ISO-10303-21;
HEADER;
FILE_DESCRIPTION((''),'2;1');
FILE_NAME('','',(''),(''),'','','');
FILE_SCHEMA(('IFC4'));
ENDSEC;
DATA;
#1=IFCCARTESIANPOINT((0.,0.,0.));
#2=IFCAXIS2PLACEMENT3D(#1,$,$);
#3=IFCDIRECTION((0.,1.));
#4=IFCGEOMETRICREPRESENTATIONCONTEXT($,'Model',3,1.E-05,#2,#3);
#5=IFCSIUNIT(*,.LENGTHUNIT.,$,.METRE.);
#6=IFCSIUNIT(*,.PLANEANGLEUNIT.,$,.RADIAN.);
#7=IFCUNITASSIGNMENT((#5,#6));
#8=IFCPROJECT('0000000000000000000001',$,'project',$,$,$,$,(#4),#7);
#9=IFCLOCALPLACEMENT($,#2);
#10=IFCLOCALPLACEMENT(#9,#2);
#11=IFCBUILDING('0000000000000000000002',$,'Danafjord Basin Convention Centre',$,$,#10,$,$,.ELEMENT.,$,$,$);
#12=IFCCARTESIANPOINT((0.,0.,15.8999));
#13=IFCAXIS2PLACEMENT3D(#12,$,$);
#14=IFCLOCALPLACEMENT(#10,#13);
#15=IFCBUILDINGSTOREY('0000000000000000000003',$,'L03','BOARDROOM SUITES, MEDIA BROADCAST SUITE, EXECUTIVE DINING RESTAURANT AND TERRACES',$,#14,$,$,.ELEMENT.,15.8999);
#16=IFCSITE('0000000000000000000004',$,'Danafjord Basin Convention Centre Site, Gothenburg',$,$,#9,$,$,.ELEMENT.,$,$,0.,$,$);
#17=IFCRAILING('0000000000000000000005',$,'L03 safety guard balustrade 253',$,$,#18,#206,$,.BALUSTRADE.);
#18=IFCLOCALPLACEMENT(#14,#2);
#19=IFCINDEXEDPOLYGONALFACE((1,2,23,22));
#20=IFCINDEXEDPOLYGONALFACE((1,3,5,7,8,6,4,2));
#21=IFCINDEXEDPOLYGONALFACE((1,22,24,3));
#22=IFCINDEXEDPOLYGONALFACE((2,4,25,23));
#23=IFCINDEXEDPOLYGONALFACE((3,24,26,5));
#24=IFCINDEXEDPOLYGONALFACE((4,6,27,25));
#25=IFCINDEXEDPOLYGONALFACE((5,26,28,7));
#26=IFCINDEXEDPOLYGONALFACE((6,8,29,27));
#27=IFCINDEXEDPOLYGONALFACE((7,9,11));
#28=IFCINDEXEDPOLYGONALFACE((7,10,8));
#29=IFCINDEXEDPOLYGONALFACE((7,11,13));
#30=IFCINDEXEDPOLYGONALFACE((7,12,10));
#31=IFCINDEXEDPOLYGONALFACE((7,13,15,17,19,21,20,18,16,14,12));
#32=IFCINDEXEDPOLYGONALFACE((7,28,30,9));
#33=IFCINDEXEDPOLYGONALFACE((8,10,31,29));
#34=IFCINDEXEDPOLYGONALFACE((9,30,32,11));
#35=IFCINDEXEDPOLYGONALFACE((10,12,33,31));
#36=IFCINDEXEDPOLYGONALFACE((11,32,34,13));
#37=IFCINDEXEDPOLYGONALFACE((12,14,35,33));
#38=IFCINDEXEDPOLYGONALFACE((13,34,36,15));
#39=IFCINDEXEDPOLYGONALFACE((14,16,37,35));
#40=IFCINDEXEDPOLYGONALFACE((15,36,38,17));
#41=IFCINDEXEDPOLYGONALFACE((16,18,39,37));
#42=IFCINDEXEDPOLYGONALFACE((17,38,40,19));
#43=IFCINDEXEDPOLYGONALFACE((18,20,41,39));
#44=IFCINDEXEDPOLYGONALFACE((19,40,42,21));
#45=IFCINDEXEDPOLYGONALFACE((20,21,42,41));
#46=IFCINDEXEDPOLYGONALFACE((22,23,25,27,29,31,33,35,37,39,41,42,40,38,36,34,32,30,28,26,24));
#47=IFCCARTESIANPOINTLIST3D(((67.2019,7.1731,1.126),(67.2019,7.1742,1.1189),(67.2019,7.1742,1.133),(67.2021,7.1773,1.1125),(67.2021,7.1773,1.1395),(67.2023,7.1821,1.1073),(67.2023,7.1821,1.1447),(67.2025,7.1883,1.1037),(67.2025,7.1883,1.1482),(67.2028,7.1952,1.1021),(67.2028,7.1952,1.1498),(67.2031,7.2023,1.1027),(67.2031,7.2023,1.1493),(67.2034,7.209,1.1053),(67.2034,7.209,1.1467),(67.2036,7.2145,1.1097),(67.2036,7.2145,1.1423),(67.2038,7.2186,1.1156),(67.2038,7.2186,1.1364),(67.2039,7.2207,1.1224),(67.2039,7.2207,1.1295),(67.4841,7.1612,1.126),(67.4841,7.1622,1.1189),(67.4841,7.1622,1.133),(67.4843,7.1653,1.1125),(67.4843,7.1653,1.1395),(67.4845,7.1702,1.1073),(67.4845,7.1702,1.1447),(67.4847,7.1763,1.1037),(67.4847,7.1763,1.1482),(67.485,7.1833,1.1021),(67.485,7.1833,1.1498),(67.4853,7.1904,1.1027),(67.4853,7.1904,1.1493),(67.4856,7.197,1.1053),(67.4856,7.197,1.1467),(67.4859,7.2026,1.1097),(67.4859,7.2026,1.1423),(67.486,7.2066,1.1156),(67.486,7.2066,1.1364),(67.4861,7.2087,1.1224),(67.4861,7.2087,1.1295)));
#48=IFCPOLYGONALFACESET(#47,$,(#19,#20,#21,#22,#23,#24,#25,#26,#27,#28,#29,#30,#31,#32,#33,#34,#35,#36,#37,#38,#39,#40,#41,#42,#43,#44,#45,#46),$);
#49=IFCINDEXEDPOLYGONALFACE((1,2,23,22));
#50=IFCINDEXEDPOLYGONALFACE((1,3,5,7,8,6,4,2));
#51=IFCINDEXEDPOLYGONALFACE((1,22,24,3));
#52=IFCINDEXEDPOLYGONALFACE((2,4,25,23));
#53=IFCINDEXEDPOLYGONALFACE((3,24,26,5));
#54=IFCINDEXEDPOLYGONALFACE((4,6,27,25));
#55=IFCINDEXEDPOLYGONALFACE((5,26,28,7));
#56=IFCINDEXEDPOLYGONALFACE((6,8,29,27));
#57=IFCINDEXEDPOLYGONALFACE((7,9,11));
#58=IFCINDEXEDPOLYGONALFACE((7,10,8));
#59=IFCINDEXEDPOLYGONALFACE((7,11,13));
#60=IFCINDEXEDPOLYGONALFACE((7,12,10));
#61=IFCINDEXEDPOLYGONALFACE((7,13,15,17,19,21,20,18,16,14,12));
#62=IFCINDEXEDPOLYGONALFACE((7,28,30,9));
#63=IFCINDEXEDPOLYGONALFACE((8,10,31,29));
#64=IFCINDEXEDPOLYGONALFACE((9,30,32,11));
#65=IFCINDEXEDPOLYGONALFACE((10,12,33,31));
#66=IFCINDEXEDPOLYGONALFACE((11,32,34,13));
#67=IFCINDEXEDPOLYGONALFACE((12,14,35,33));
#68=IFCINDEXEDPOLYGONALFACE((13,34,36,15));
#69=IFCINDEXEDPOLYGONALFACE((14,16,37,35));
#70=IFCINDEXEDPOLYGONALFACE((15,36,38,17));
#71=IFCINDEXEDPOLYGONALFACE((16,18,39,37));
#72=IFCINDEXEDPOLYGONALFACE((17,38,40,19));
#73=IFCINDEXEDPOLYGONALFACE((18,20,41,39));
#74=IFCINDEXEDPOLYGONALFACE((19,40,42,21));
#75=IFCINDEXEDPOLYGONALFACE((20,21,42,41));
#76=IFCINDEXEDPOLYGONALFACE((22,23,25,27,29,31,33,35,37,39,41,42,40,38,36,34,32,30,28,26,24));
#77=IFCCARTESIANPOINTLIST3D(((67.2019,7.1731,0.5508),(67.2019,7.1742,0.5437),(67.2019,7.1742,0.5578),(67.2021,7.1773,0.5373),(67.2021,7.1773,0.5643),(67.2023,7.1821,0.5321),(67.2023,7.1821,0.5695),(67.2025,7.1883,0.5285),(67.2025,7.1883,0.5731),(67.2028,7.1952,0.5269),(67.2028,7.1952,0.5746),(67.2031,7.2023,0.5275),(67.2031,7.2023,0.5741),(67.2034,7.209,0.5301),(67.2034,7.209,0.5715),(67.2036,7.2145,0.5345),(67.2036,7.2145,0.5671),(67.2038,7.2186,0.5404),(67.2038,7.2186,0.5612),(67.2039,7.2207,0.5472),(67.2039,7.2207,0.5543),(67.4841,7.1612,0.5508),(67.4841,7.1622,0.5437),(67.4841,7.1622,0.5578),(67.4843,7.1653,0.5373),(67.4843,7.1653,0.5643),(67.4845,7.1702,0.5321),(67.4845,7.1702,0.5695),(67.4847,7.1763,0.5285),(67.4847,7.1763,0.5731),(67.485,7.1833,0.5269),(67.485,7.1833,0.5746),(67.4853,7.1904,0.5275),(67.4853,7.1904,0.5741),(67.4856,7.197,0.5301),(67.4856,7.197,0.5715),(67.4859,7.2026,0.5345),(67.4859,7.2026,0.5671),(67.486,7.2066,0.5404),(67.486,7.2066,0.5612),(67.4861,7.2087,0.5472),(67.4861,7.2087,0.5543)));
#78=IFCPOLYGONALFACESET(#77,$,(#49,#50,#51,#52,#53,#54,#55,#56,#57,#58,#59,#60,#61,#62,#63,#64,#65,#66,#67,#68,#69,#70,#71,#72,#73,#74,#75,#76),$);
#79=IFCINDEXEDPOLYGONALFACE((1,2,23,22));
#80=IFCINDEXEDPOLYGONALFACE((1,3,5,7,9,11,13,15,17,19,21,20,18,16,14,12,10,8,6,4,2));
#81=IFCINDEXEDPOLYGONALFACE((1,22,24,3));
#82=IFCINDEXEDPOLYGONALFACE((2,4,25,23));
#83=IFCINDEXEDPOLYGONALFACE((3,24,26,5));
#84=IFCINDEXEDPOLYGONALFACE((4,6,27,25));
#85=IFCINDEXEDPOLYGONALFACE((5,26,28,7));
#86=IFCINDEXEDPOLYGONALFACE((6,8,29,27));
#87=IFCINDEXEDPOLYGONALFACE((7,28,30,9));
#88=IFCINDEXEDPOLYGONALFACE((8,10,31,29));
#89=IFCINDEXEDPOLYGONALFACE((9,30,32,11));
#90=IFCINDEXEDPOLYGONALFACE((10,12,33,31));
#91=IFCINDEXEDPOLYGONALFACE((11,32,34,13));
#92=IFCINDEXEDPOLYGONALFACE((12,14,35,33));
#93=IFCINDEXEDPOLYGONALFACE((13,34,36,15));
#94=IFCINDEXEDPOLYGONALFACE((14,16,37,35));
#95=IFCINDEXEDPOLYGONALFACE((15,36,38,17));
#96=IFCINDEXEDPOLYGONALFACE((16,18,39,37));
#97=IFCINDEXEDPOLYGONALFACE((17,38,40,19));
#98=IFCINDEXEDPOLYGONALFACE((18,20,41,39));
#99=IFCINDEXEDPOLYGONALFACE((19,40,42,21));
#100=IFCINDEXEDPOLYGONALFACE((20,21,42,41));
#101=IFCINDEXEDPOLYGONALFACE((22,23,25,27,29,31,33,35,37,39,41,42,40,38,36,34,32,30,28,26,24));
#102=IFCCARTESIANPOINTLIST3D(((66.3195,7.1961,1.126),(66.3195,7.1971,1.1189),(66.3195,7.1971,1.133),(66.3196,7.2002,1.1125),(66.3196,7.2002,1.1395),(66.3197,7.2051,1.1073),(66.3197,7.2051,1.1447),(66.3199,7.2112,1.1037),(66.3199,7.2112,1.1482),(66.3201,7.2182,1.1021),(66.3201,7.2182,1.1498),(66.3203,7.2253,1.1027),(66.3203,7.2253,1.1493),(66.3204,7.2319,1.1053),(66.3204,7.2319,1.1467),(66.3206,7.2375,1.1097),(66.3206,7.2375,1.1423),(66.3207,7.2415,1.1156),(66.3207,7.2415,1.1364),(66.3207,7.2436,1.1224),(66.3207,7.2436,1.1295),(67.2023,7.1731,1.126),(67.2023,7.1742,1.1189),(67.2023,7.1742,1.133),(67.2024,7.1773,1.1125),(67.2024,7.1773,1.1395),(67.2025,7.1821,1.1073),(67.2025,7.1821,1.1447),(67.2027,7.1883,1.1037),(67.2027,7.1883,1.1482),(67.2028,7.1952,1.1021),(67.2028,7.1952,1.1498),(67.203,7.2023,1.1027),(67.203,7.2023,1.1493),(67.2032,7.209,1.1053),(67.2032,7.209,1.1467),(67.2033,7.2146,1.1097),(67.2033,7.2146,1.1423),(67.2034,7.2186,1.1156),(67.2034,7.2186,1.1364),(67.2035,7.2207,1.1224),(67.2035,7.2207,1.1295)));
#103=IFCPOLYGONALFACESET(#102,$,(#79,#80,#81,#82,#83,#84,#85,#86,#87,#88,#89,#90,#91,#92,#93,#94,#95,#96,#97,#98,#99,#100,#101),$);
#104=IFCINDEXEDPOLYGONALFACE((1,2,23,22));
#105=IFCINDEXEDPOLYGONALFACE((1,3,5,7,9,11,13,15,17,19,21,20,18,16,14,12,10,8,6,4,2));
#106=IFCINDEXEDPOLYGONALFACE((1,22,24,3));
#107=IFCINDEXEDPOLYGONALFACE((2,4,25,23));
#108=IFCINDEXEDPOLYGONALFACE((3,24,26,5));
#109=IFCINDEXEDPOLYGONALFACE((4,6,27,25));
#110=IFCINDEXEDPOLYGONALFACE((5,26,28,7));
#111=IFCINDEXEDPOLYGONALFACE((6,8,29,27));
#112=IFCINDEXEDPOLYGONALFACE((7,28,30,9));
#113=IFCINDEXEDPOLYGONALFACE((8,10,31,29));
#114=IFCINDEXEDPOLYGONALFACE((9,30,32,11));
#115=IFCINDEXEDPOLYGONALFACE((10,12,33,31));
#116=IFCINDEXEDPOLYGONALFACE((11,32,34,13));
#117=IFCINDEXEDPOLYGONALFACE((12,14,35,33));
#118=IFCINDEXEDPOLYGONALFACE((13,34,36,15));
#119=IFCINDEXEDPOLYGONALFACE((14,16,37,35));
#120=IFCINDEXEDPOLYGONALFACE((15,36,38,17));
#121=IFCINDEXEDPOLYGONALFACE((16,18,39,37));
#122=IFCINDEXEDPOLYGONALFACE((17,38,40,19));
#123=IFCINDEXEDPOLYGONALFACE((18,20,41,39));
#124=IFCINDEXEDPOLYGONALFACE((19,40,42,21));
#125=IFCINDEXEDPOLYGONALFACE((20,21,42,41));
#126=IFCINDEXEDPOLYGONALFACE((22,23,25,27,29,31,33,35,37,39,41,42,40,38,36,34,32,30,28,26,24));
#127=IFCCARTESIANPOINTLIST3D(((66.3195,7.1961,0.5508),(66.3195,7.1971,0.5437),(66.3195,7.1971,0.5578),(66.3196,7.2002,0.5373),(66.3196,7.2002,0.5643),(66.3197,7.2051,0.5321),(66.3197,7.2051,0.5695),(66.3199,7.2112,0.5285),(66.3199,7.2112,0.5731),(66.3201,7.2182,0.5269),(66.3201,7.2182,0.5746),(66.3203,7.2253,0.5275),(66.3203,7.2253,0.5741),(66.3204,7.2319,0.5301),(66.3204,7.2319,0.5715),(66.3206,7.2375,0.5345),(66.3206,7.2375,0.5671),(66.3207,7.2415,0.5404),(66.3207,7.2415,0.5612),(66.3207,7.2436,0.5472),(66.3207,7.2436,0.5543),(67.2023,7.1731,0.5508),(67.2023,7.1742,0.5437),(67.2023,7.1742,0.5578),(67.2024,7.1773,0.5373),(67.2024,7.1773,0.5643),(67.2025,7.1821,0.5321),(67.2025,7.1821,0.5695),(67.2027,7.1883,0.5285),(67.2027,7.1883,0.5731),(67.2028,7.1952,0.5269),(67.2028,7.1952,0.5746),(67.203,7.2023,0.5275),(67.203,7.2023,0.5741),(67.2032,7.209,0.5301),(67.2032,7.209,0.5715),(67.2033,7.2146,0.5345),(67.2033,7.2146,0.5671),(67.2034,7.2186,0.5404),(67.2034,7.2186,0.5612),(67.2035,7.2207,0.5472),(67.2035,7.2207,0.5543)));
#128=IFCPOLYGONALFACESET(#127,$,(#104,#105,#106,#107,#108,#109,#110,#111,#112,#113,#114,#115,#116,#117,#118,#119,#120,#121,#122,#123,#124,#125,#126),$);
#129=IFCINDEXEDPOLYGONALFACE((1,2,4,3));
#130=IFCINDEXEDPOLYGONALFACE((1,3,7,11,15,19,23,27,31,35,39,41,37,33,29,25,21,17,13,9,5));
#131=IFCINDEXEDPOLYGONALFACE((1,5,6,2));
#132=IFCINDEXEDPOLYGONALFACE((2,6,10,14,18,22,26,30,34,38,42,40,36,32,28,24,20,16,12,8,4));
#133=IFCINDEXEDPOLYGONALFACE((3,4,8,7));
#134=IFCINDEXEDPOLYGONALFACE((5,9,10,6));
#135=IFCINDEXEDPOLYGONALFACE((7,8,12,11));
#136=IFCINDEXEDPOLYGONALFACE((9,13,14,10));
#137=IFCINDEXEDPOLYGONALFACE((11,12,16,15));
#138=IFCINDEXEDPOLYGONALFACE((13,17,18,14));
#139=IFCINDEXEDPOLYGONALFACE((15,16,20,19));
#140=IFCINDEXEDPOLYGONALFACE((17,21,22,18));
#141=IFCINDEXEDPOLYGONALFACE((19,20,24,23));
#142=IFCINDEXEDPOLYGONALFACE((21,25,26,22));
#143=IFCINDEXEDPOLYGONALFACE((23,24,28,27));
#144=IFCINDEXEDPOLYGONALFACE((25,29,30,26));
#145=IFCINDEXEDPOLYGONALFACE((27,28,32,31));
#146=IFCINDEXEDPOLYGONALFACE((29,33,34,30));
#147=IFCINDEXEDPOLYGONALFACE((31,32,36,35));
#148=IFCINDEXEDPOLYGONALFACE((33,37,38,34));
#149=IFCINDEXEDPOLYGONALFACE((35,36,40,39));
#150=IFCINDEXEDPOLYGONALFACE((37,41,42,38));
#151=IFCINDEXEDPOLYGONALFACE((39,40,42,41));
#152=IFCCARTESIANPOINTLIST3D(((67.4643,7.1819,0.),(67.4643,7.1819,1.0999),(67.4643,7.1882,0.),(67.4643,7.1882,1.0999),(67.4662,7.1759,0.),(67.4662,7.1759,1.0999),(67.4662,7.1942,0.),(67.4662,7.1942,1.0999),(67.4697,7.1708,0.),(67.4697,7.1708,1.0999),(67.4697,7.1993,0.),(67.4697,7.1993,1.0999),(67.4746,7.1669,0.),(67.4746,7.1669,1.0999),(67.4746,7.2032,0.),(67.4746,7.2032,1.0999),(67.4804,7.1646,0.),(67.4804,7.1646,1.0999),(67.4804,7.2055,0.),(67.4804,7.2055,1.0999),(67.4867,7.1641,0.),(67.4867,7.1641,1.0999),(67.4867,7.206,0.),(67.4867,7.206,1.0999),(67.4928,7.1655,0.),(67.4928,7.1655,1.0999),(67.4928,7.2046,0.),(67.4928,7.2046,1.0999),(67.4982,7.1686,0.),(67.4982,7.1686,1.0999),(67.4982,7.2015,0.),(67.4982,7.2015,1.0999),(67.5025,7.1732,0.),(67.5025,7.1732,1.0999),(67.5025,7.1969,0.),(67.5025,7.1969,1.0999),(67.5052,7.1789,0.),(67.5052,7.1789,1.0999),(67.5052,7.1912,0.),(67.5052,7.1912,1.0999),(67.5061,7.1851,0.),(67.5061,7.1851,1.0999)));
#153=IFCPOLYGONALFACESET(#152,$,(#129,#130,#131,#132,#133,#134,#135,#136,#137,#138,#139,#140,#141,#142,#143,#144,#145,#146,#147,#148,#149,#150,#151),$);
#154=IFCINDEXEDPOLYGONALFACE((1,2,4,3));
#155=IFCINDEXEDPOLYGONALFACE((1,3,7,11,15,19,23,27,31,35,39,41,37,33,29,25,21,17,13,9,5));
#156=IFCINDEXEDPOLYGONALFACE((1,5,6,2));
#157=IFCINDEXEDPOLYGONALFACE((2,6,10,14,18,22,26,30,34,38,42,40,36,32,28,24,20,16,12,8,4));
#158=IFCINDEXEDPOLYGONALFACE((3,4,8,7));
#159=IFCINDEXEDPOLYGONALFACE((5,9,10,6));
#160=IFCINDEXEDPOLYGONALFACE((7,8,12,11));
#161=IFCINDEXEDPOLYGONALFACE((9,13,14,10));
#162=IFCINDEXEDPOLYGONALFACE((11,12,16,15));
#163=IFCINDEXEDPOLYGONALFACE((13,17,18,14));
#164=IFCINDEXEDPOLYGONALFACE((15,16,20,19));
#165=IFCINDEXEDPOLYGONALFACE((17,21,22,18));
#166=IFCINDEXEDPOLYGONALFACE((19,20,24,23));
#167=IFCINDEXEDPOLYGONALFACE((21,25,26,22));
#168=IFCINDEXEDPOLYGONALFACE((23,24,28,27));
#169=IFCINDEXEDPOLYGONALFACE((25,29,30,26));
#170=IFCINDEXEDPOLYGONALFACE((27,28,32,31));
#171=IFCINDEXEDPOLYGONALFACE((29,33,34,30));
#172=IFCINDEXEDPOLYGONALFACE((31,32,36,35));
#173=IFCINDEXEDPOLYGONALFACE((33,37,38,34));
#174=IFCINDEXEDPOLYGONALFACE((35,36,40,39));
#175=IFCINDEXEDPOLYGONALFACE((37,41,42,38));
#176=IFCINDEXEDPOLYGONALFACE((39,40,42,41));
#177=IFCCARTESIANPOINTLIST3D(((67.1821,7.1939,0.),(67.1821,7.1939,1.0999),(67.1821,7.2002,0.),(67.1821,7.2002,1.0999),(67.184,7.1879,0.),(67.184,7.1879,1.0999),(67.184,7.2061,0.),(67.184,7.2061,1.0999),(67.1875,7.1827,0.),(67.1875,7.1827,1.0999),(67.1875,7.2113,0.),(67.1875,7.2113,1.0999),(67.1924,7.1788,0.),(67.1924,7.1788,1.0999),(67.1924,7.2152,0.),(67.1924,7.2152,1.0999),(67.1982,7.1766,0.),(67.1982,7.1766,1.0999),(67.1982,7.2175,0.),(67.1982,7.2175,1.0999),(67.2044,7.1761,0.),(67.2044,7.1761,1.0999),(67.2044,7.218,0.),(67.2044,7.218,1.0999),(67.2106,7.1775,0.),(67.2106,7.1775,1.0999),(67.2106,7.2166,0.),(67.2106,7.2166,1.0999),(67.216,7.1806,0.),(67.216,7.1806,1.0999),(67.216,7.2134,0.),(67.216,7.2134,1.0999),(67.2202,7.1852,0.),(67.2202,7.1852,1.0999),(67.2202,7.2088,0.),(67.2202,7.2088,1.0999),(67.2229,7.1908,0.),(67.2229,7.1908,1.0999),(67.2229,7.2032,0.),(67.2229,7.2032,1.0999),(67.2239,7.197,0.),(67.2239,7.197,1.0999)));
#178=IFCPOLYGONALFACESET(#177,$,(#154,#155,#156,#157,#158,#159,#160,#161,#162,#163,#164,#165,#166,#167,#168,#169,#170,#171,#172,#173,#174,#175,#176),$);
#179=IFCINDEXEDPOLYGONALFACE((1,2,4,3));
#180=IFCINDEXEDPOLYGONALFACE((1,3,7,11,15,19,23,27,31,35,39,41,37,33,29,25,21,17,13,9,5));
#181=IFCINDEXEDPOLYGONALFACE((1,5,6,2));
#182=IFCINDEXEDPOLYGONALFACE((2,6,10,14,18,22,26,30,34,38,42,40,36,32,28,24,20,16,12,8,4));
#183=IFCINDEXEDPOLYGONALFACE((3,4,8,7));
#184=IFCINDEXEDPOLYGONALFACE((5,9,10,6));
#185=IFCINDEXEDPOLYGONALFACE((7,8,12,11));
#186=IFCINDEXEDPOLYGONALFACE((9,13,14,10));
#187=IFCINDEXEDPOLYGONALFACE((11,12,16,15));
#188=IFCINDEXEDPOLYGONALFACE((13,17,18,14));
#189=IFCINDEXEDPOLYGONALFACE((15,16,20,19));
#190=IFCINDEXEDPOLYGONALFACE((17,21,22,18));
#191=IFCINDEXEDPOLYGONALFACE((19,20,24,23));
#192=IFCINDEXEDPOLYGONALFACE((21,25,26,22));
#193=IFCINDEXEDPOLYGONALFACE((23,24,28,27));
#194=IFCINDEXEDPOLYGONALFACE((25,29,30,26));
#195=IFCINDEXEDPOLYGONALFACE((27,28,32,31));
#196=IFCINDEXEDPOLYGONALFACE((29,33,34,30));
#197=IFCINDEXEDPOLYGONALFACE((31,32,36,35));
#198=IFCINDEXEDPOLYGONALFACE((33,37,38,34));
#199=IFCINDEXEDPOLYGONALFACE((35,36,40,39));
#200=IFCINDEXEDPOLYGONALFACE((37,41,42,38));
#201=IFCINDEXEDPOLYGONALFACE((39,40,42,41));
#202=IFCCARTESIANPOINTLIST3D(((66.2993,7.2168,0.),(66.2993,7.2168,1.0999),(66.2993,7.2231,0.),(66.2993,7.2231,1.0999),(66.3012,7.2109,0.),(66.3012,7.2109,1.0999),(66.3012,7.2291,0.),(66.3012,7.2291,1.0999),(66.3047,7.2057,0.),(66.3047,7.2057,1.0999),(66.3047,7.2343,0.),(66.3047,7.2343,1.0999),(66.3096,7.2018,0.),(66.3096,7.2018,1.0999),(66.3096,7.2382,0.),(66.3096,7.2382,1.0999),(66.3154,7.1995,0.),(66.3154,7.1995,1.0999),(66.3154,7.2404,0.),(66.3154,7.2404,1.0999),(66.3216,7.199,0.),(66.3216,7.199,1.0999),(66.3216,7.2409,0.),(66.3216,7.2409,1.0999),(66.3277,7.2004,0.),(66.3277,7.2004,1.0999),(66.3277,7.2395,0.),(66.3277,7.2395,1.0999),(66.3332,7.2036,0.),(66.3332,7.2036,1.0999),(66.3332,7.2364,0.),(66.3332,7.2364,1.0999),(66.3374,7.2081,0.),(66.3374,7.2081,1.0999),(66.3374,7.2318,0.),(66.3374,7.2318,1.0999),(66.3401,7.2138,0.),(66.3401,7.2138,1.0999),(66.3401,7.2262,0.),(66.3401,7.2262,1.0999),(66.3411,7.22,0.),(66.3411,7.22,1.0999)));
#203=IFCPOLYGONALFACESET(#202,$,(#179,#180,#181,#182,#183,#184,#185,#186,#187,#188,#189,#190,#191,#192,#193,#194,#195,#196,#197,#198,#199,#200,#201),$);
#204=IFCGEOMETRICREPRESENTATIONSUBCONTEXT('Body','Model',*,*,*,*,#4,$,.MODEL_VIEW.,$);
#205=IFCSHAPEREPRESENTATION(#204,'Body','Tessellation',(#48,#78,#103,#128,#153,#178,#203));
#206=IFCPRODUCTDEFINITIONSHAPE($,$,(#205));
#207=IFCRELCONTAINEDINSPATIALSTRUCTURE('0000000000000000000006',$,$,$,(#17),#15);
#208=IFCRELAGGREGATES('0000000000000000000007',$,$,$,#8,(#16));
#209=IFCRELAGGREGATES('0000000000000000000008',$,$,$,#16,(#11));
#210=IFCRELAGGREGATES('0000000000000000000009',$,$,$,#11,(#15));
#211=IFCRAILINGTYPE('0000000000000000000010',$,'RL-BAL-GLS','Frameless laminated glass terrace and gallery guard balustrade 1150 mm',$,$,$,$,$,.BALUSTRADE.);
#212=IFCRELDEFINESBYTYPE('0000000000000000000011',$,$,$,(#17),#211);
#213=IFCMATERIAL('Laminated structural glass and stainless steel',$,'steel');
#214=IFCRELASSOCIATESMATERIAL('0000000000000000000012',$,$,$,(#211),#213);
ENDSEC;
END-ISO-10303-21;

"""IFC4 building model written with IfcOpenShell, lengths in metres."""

from ifc_helpers import new_model, si_unit, direction, frame, origin, origin_2d, place, context, subcontext, project, spatial, circle, extrude, material, type_object, element, save


model = new_model("IFC4")

# Units and contexts
model_context = context("Model", 3, precision=1e-05, world=origin(), true_north=direction((0.0, 1.0)))
body_context = subcontext(model_context, "Body", "Model", "MODEL_VIEW")
ifc_project = project(units=[si_unit("LENGTHUNIT", "METRE"), si_unit("PLANEANGLEUNIT", "RADIAN")], contexts=[model_context])

# Site, building, storey
site_placement = place(None, origin())
site = spatial("IfcSite", under=ifc_project, at=site_placement, Name="Danafjord Basin Convention Centre Site, Gothenburg", CompositionType="ELEMENT", RefElevation=0.0)
building_placement = place(site_placement, origin())
building = spatial("IfcBuilding", under=site, at=building_placement, Name="Danafjord Basin Convention Centre", CompositionType="ELEMENT")
storey_placement = place(building_placement, frame((0.0, 0.0, 15.8999)))
storey = spatial("IfcBuildingStorey", under=building, at=storey_placement, Name="L03", Description="BOARDROOM SUITES, MEDIA BROADCAST SUITE, EXECUTIVE DINING RESTAURANT AND TERRACES", CompositionType="ELEMENT", Elevation=15.8999)

# Railing
ifc_material_1 = material(Name="Laminated structural glass and stainless steel", Category="steel")
railing_type_1 = type_object("IfcRailingType", Name="RL-BAL-GLS", Description="Frameless laminated glass terrace and gallery guard balustrade 1150 mm", PredefinedType="BALUSTRADE", material=ifc_material_1)
railing_1_placement = place(storey_placement, frame((67.4851, 7.1851, 0.0)))
element("IfcRailing", 1, at=railing_1_placement, inside=storey, type_object=railing_type_1, Name="L03 safety guard balustrade 253", PredefinedType="BALUSTRADE", context=body_context, shape_type="SweptSolid", body=[
    extrude(circle(Radius=0.0239, at=origin_2d()), frame((0.0, 0.0, 1.126), z_axis=(-0.999103, 0.04235, 0.0), x_axis=(-0.04235, -0.999103, 0.0)), (0.0, 0.0, 1.0), 0.2825),
    extrude(circle(Radius=0.0239, at=origin_2d()), frame((0.0, 0.0, 0.5508), z_axis=(-0.999103, 0.04235, 0.0), x_axis=(-0.04235, -0.999103, 0.0)), (0.0, 0.0, 1.0), 0.2825),
    extrude(circle(Radius=0.0239, at=origin_2d()), frame((-0.2822, 0.012, 1.126), z_axis=(-0.999662, 0.025987, 0.0), x_axis=(-0.025987, -0.999662, 0.0)), (0.0, 0.0, 1.0), 0.8831),
    extrude(circle(Radius=0.0239, at=origin_2d()), frame((-0.2822, 0.012, 0.5508), z_axis=(-0.999662, 0.025987, 0.0), x_axis=(-0.025987, -0.999662, 0.0)), (0.0, 0.0, 1.0), 0.8831),
    extrude(circle(Radius=0.021, at=origin_2d()), origin(), (0.0, 0.0, 1.0), 1.0999),
    extrude(circle(Radius=0.021, at=origin_2d()), frame((-0.2822, 0.012, 0.0)), (0.0, 0.0, 1.0), 1.0999),
    extrude(circle(Radius=0.021, at=origin_2d()), frame((-1.165, 0.0349, 0.0)), (0.0, 0.0, 1.0), 1.0999),
])

save(model, "model.ifc")
